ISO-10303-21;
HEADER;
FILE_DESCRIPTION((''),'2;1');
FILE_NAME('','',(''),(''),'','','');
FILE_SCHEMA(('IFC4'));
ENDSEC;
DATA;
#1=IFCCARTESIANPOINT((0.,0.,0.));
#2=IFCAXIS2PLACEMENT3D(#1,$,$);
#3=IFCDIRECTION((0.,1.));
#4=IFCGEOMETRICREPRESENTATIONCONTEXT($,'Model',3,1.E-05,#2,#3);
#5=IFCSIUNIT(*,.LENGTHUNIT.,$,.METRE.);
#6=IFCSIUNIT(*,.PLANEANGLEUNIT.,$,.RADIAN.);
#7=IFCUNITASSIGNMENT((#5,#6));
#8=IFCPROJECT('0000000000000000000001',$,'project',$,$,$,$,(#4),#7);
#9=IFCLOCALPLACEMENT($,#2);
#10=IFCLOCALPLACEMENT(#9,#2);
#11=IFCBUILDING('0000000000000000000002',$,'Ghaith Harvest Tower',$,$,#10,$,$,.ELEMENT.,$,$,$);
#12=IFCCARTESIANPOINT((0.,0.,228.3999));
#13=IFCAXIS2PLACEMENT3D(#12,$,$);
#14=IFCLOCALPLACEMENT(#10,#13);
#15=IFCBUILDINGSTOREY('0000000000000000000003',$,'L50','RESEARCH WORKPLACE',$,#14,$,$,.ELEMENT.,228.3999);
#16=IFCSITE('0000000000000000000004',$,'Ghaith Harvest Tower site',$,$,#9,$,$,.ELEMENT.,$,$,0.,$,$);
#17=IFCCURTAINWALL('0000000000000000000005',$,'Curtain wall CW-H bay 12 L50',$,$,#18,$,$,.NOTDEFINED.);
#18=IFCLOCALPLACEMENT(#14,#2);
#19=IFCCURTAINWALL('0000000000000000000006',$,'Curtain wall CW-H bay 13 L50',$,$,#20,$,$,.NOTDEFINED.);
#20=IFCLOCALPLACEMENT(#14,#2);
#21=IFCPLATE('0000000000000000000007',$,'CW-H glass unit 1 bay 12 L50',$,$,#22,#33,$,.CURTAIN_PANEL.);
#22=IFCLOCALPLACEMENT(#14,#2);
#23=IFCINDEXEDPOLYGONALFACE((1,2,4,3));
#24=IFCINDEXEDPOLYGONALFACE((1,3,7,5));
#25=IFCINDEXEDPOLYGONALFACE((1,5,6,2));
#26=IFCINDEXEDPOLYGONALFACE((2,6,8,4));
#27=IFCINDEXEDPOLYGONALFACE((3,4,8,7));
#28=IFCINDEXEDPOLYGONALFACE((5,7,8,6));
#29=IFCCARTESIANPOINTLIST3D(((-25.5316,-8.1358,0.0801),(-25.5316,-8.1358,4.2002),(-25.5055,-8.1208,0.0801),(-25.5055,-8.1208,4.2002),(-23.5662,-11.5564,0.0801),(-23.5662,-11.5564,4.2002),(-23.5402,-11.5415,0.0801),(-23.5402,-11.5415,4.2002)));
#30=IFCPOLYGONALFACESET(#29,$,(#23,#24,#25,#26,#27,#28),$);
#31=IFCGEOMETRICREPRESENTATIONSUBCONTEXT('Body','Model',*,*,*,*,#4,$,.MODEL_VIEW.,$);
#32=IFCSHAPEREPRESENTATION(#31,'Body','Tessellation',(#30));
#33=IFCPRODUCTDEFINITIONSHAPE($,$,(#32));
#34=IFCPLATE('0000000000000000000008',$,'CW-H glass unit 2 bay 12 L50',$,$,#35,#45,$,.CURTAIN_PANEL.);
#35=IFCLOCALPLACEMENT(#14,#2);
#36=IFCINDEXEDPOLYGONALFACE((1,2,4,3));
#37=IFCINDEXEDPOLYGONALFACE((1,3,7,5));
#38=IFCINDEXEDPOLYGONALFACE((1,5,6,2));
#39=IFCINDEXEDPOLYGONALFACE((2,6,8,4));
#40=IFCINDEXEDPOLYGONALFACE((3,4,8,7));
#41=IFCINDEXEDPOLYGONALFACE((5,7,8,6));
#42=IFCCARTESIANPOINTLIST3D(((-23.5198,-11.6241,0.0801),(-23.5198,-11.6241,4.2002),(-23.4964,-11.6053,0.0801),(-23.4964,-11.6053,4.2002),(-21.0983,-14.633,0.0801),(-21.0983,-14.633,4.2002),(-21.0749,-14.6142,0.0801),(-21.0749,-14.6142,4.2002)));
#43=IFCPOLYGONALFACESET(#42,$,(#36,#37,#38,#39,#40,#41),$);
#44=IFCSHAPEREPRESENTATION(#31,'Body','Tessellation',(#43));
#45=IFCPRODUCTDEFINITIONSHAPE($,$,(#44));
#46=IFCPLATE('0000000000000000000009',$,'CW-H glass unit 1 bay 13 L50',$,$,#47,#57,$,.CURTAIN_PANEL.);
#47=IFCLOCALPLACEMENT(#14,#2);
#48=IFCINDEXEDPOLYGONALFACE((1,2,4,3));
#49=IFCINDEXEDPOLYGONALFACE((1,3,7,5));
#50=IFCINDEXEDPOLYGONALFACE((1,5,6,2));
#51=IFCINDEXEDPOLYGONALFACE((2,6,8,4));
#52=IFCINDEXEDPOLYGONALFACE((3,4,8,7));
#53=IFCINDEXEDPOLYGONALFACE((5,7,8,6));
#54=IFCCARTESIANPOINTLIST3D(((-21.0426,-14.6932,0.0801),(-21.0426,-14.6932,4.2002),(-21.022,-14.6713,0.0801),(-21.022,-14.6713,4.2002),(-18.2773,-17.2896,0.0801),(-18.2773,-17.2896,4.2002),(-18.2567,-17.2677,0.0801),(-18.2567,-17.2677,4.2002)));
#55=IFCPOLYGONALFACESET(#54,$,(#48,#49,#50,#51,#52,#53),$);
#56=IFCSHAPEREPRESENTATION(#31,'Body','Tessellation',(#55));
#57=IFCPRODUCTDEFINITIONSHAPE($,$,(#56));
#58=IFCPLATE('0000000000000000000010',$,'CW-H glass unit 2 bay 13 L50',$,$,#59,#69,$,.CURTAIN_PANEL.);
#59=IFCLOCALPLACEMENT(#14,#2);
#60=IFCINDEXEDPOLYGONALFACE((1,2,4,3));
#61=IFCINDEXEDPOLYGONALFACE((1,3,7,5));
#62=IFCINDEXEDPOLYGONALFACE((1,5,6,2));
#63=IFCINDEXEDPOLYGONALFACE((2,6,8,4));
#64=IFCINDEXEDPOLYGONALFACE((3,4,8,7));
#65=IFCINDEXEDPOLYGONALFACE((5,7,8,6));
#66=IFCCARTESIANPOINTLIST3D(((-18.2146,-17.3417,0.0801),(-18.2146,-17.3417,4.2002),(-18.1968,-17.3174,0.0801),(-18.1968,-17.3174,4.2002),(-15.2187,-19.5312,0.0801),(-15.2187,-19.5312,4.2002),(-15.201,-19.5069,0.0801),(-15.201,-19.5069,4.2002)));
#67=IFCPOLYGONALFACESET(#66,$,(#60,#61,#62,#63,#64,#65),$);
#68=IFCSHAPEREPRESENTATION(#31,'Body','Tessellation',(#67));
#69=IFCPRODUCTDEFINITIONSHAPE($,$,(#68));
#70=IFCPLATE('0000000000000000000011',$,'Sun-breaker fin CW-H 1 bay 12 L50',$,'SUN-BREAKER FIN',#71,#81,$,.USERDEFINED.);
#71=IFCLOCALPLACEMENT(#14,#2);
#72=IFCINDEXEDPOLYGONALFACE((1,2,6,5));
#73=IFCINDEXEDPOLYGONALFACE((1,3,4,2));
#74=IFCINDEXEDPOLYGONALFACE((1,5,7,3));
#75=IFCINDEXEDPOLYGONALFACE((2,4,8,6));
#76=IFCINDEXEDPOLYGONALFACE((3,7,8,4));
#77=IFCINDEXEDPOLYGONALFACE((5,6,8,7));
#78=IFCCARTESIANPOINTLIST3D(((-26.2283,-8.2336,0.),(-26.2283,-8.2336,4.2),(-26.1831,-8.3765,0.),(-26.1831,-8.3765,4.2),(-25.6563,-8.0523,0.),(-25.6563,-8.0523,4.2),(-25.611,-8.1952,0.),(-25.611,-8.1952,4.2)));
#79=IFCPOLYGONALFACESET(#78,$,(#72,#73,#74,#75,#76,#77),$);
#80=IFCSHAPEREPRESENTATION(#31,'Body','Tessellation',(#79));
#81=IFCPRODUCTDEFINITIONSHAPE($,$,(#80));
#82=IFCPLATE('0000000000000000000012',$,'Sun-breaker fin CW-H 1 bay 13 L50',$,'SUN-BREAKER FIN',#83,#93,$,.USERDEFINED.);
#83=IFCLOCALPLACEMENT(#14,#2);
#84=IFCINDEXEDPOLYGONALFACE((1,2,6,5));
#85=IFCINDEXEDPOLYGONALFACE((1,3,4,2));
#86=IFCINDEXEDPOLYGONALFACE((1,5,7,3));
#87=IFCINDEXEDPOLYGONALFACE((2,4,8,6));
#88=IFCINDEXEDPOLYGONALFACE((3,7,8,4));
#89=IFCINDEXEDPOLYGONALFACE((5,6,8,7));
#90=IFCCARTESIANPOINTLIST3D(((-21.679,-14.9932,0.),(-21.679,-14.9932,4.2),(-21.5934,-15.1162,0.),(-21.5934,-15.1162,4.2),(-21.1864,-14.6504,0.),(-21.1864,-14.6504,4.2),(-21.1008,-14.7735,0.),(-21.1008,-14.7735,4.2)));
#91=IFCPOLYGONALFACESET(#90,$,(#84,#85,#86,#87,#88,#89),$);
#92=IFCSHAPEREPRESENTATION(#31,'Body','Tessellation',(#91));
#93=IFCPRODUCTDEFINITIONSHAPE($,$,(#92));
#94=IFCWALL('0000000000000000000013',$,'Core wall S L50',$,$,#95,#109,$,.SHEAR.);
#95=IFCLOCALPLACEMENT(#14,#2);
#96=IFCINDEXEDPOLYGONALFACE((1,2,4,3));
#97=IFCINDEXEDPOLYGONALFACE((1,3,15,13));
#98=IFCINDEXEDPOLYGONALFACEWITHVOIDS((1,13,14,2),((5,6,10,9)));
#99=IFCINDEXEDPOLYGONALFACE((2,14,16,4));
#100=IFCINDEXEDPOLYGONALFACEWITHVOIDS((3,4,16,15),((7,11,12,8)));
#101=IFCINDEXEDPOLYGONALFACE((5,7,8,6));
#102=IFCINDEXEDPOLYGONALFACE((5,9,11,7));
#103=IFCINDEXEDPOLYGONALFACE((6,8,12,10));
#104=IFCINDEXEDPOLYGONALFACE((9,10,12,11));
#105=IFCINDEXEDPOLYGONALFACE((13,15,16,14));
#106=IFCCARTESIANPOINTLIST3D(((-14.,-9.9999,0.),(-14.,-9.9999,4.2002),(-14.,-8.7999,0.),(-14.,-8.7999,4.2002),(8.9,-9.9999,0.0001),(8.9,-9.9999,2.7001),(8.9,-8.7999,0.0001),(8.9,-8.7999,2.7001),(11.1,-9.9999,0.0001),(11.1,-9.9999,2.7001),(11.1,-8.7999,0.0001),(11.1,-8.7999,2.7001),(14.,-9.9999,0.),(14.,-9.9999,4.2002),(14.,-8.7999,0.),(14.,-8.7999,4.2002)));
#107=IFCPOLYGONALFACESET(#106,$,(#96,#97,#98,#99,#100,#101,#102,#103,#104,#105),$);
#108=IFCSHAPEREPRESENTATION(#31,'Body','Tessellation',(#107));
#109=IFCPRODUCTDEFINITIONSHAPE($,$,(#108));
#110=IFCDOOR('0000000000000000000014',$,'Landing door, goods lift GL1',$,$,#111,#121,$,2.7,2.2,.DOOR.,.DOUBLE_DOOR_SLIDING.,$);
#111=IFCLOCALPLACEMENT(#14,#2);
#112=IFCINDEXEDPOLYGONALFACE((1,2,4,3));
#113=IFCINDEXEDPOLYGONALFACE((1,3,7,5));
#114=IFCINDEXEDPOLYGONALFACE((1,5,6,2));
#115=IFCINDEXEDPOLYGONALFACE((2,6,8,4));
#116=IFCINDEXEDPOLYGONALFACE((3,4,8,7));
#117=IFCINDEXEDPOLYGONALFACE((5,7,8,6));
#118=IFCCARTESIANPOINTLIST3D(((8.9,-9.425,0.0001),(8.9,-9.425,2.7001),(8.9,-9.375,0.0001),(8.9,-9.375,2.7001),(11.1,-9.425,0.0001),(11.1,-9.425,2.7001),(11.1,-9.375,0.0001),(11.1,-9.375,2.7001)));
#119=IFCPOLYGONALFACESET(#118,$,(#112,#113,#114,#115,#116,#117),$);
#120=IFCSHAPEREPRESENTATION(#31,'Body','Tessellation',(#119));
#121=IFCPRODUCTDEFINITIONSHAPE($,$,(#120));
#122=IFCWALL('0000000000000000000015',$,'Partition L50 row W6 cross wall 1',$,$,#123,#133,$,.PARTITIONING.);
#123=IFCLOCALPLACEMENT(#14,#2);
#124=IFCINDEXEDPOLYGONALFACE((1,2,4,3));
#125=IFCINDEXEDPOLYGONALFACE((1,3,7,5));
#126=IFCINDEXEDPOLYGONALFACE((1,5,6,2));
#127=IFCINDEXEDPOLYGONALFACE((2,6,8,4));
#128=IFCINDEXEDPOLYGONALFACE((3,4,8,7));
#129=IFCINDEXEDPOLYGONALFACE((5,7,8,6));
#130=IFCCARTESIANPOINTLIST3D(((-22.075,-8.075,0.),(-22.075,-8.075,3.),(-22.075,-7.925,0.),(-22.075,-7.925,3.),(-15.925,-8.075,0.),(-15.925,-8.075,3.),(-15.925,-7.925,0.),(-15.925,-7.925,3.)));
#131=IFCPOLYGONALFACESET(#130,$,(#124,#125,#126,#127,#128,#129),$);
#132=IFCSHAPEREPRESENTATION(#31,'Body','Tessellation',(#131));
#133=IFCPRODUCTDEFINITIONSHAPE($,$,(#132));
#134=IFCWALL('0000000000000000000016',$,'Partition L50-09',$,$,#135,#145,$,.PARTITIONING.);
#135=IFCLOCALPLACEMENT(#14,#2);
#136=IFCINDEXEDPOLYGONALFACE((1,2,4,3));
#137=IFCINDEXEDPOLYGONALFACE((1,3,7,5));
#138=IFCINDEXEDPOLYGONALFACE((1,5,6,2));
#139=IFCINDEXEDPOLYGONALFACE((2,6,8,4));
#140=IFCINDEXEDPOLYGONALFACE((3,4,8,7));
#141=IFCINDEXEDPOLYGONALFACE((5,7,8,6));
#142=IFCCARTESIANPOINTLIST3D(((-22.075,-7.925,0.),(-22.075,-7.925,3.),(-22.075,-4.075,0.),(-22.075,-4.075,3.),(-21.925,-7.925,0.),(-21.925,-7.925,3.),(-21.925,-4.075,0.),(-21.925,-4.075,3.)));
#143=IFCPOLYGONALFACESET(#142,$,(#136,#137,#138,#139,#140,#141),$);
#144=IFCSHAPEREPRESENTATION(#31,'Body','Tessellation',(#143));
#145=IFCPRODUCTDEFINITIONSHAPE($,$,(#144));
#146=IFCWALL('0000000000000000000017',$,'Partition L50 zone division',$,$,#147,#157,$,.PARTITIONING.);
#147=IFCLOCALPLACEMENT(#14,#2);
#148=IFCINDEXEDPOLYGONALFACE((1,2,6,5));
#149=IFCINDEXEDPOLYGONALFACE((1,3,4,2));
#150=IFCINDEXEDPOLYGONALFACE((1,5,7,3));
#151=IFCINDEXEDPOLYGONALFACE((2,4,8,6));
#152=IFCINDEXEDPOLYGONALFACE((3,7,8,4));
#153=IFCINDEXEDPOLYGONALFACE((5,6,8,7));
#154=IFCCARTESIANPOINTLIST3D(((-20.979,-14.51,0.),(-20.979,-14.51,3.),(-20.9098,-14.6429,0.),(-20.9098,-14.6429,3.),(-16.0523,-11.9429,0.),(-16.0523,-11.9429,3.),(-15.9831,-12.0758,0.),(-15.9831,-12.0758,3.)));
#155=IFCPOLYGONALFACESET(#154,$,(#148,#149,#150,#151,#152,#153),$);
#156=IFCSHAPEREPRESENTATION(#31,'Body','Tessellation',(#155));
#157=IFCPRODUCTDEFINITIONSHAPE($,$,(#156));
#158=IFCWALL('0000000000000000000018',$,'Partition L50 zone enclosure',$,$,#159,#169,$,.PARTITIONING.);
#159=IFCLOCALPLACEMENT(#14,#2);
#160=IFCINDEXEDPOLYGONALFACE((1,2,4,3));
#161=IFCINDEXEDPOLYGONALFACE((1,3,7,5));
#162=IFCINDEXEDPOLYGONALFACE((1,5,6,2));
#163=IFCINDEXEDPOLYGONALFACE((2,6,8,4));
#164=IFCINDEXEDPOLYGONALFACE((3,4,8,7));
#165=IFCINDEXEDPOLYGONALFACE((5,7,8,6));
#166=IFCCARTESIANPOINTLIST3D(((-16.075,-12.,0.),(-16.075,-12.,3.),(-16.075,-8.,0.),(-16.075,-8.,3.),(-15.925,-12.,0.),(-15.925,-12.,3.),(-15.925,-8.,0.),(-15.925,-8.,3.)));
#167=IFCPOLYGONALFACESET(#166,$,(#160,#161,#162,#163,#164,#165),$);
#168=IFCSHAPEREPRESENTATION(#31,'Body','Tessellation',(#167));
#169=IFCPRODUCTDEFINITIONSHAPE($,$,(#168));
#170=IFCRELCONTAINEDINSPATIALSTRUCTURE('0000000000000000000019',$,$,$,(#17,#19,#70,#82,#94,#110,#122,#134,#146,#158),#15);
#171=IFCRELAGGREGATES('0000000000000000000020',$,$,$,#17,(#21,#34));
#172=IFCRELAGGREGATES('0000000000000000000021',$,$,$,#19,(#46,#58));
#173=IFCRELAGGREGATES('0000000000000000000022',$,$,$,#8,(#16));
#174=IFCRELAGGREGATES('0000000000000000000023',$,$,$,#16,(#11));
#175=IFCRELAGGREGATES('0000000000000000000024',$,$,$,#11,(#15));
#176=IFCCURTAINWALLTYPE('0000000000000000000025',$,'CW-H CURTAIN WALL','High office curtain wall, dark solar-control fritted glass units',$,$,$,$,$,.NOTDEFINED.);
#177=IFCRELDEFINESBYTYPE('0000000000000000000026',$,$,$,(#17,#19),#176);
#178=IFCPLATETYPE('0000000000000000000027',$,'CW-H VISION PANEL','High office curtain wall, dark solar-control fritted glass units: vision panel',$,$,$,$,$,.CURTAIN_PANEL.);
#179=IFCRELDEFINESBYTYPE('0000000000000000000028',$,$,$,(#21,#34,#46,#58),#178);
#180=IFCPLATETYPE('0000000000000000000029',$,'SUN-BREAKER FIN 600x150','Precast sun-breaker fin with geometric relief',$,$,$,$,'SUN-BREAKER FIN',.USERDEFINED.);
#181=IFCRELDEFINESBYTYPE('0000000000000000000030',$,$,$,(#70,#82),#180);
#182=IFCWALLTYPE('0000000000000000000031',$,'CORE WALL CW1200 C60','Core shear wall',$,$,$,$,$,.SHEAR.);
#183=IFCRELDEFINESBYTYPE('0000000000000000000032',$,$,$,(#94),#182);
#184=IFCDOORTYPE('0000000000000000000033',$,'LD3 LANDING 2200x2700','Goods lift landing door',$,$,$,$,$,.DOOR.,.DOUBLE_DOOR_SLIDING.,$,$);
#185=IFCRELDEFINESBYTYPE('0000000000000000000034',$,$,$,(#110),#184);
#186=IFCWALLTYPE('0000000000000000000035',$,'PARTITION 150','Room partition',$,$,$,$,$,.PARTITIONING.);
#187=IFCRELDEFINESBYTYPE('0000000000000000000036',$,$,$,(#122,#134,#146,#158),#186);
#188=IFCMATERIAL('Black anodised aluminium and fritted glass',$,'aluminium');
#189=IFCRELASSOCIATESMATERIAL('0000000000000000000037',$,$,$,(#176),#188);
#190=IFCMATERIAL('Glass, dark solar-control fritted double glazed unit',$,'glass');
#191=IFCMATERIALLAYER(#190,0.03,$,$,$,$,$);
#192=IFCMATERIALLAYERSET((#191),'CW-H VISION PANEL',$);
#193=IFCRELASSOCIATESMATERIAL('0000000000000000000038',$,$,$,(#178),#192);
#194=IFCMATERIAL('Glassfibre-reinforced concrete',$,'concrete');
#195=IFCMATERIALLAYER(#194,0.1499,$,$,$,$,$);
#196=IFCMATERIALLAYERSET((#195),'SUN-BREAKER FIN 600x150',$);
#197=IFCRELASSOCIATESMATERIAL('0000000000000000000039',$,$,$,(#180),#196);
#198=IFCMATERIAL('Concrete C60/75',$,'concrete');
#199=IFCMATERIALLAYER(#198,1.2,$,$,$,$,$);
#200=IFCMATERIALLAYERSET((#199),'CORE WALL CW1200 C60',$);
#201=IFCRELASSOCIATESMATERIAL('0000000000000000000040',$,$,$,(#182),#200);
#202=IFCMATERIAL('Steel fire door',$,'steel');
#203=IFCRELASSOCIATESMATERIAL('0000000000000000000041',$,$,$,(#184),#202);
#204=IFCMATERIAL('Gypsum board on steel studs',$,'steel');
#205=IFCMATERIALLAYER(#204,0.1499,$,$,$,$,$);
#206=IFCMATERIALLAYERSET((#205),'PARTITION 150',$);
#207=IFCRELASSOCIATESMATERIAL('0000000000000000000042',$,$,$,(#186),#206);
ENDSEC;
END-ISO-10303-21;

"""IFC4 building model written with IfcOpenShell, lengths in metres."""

from ifc_helpers import new_model, si_unit, direction, frame, frame_2d, origin, origin_2d, place, context, subcontext, project, spatial, rectangle, extrude, material, layer, layer_set, type_object, element, fill, aggregate, save


model = new_model("IFC4")

# Units and contexts
model_context = context("Model", 3, precision=1e-05, world=origin(), true_north=direction((0.0, 1.0)))
body_context = subcontext(model_context, "Body", "Model", "MODEL_VIEW")
ifc_project = project(units=[si_unit("LENGTHUNIT", "METRE"), si_unit("PLANEANGLEUNIT", "RADIAN")], contexts=[model_context])

# Site, building, storey
site_placement = place(None, origin())
site = spatial("IfcSite", under=ifc_project, at=site_placement, Name="Ghaith Harvest Tower site", CompositionType="ELEMENT", RefElevation=0.0)
building_placement = place(site_placement, origin())
building = spatial("IfcBuilding", under=site, at=building_placement, Name="Ghaith Harvest Tower", CompositionType="ELEMENT")
storey_placement = place(building_placement, frame((0.0, 0.0, 228.3999)))
storey = spatial("IfcBuildingStorey", under=building, at=storey_placement, Name="L50", Description="RESEARCH WORKPLACE", CompositionType="ELEMENT", Elevation=228.3999)

# Curtain walls
ifc_material_1 = material(Name="Black anodised aluminium and fritted glass", Category="aluminium")
curtain_wall_type = type_object("IfcCurtainWallType", Name="CW-H CURTAIN WALL", Description="High office curtain wall, dark solar-control fritted glass units", PredefinedType="NOTDEFINED", material=ifc_material_1)
curtain_wall_1_placement = place(storey_placement, origin())
curtain_wall_1 = element("IfcCurtainWall", 1, at=curtain_wall_1_placement, inside=storey, type_object=curtain_wall_type, Name="Curtain wall CW-H bay 12 L50", PredefinedType="NOTDEFINED")
curtain_wall_2_placement = place(storey_placement, origin())
curtain_wall_2 = element("IfcCurtainWall", 2, at=curtain_wall_2_placement, inside=storey, type_object=curtain_wall_type, Name="Curtain wall CW-H bay 13 L50", PredefinedType="NOTDEFINED")

# Plates
ifc_material_2 = material(Name="Glass, dark solar-control fritted double glazed unit", Category="glass")
ifc_layer_1 = layer(ifc_material_2, 0.03)
ifc_layer_set_1 = layer_set([ifc_layer_1], Name="CW-H VISION PANEL")
plate_type_1 = type_object("IfcPlateType", Name="CW-H VISION PANEL", Description="High office curtain wall, dark solar-control fritted glass units: vision panel", PredefinedType="CURTAIN_PANEL", material=ifc_layer_set_1)
plate_1_placement = place(storey_placement, frame((-24.5359, -9.8386, 0.0801), z_axis=(0.0, 0.0, 1.0), x_axis=(0.49818, -0.867074, 0.0)))
plate_1 = element("IfcPlate", 3, at=plate_1_placement, type_object=plate_type_1, Name="CW-H glass unit 1 bay 12 L50", PredefinedType="CURTAIN_PANEL", context=body_context, shape_type="SweptSolid", body=[
    extrude(rectangle(XDim=3.9451, YDim=0.03, at=origin_2d()), origin(), (0.0, 0.0, 1.0), 4.1201),
])
plate_2_placement = place(storey_placement, frame((-22.2974, -13.1191, 0.0801), z_axis=(0.0, 0.0, 1.0), x_axis=(0.626957, -0.779054, 0.0)))
plate_2 = element("IfcPlate", 4, at=plate_2_placement, type_object=plate_type_1, Name="CW-H glass unit 2 bay 12 L50", PredefinedType="CURTAIN_PANEL", context=body_context, shape_type="SweptSolid", body=[
    extrude(rectangle(XDim=3.8623, YDim=0.03, at=origin_2d()), origin(), (0.0, 0.0, 1.0), 4.1201),
])
aggregate(curtain_wall_1, [plate_1, plate_2])
plate_3_placement = place(storey_placement, frame((-19.6497, -15.9805, 0.0801), z_axis=(0.0, 0.0, 1.0), x_axis=(0.729017, -0.684496, 0.0)))
plate_3 = element("IfcPlate", 5, at=plate_3_placement, type_object=plate_type_1, Name="CW-H glass unit 1 bay 13 L50", PredefinedType="CURTAIN_PANEL", context=body_context, shape_type="SweptSolid", body=[
    extrude(rectangle(XDim=3.7932, YDim=0.03, at=origin_2d()), origin(), (0.0, 0.0, 1.0), 4.1201),
])
plate_4_placement = place(storey_placement, frame((-16.7078, -18.4243, 0.0801), z_axis=(0.0, 0.0, 1.0), x_axis=(0.807364, -0.590054, 0.0)))
plate_4 = element("IfcPlate", 6, at=plate_4_placement, type_object=plate_type_1, Name="CW-H glass unit 2 bay 13 L50", PredefinedType="CURTAIN_PANEL", context=body_context, shape_type="SweptSolid", body=[
    extrude(rectangle(XDim=3.7107, YDim=0.03, at=origin_2d()), origin(), (0.0, 0.0, 1.0), 4.1201),
])
aggregate(curtain_wall_2, [plate_3, plate_4])

# Plates
ifc_material_3 = material(Name="Glassfibre-reinforced concrete", Category="concrete")
ifc_layer_2 = layer(ifc_material_3, 0.1499)
ifc_layer_set_2 = layer_set([ifc_layer_2], Name="SUN-BREAKER FIN 600x150")
plate_type_2 = type_object("IfcPlateType", Name="SUN-BREAKER FIN 600x150", Description="Precast sun-breaker fin with geometric relief", ElementType="SUN-BREAKER FIN", PredefinedType="USERDEFINED", material=ifc_layer_set_2)
for number, where, z_axis, x_axis, name in (
    (7, (-25.9197, -8.2144, 0.0), (0.0, 0.0, 1.0), (-0.953273, -0.30211, 0.0), "Sun-breaker fin CW-H 1 bay 12 L50"),
    (8, (-21.3899, -14.8833, 0.0), (0.0, 0.0, 1.0), (-0.820845, -0.57115, 0.0), "Sun-breaker fin CW-H 1 bay 13 L50"),
):
    element("IfcPlate", number, at=place(storey_placement, frame(where, z_axis=z_axis, x_axis=x_axis)), inside=storey, type_object=plate_type_2, Name=name, ObjectType="SUN-BREAKER FIN", PredefinedType="USERDEFINED", context=body_context, shape_type="SweptSolid", body=[
        extrude(rectangle(XDim=0.6001, YDim=0.1499, at=origin_2d()), origin(), (0.0, 0.0, 1.0), 4.2),
    ])

# Wall, opening, door
ifc_material_4 = material(Name="Concrete C60/75", Category="concrete")
ifc_layer_3 = layer(ifc_material_4, 1.2)
ifc_layer_set_3 = layer_set([ifc_layer_3], Name="CORE WALL CW1200 C60")
wall_type_1 = type_object("IfcWallType", Name="CORE WALL CW1200 C60", Description="Core shear wall", PredefinedType="SHEAR", material=ifc_layer_set_3)
wall_1_placement = place(storey_placement, frame((-14.0, -9.3999, 0.0), z_axis=(0.0, 0.0, 1.0), x_axis=(1.0, 0.0, 0.0)))
wall_1 = element("IfcWall", 9, at=wall_1_placement, inside=storey, type_object=wall_type_1, Name="Core wall S L50", PredefinedType="SHEAR", context=body_context, shape_type="SweptSolid", body=[
    extrude(rectangle(XDim=28.0, YDim=1.2, at=frame_2d((14.0, 0.0))), origin(), (0.0, 0.0, 1.0), 4.2002),
])
opening_placement = place(wall_1_placement, frame((22.8999, 0.0, 0.0)))
opening = element("IfcOpeningElement", 10, at=opening_placement, cuts=wall_1, PredefinedType="OPENING", context=body_context, shape_type="SweptSolid", body=[
    extrude(rectangle(XDim=2.2, YDim=2.7, at=frame_2d((1.1001, 1.3501))), frame((0.0, 0.6099, 0.0), z_axis=(0.0, -1.0, 0.0), x_axis=(1.0, 0.0, 0.0)), (0.0, 0.0, 1.0), 1.22),
])
ifc_material_5 = material(Name="Steel fire door", Category="steel")
door_type = type_object("IfcDoorType", Name="LD3 LANDING 2200x2700", Description="Goods lift landing door", OperationType="DOUBLE_DOOR_SLIDING", PredefinedType="DOOR", material=ifc_material_5)
door_placement = place(opening_placement, origin())
door = element("IfcDoor", 11, at=door_placement, inside=storey, type_object=door_type, Name="Landing door, goods lift GL1", OperationType="DOUBLE_DOOR_SLIDING", OverallHeight=2.7, OverallWidth=2.2, PredefinedType="DOOR", context=body_context, shape_type="SweptSolid", body=[
    extrude(rectangle(XDim=2.2, YDim=2.7, at=frame_2d((1.1001, 1.3501))), frame((0.0, 0.0249, 0.0), z_axis=(0.0, -1.0, 0.0), x_axis=(1.0, 0.0, 0.0)), (0.0, 0.0, 1.0), 0.05),
])
fill(opening, door)

# Walls
ifc_material_6 = material(Name="Gypsum board on steel studs", Category="steel")
ifc_layer_4 = layer(ifc_material_6, 0.1499)
ifc_layer_set_4 = layer_set([ifc_layer_4], Name="PARTITION 150")
wall_type_2 = type_object("IfcWallType", Name="PARTITION 150", Description="Room partition", PredefinedType="PARTITIONING", material=ifc_layer_set_4)
wall_2_placement = place(storey_placement, frame((-15.925, -8.0, 0.0), z_axis=(0.0, 0.0, 1.0), x_axis=(-1.0, 0.0, 0.0)))
element("IfcWall", 12, at=wall_2_placement, inside=storey, type_object=wall_type_2, Name="Partition L50 row W6 cross wall 1", PredefinedType="PARTITIONING", context=body_context, shape_type="SweptSolid", body=[
    extrude(rectangle(XDim=6.1499, YDim=0.1499, at=frame_2d((3.075, 0.0))), origin(), (0.0, 0.0, 1.0), 3.0),
])
wall_3_placement = place(storey_placement, frame((-22.0, -7.925, 0.0), z_axis=(0.0, 0.0, 1.0), x_axis=(0.0, 1.0, 0.0)))
element("IfcWall", 13, at=wall_3_placement, inside=storey, type_object=wall_type_2, Name="Partition L50-09", PredefinedType="PARTITIONING", context=body_context, shape_type="SweptSolid", body=[
    extrude(rectangle(XDim=3.8501, YDim=0.1499, at=frame_2d((1.925, 0.0))), origin(), (0.0, 0.0, 1.0), 3.0),
])
wall_4_placement = place(storey_placement, frame((-16.0176, -12.0093, 0.0), z_axis=(0.0, 0.0, 1.0), x_axis=(-0.886832, -0.462093, 0.0)))
element("IfcWall", 14, at=wall_4_placement, inside=storey, type_object=wall_type_2, Name="Partition L50 zone division", PredefinedType="PARTITIONING", context=body_context, shape_type="SweptSolid", body=[
    extrude(rectangle(XDim=5.5554, YDim=0.1499, at=frame_2d((2.7778, 0.0))), origin(), (0.0, 0.0, 1.0), 3.0),
])
wall_5_placement = place(storey_placement, frame((-16.0, -8.0, 0.0), z_axis=(0.0, 0.0, 1.0), x_axis=(0.0, -1.0, 0.0)))
element("IfcWall", 15, at=wall_5_placement, inside=storey, type_object=wall_type_2, Name="Partition L50 zone enclosure", PredefinedType="PARTITIONING", context=body_context, shape_type="SweptSolid", body=[
    extrude(rectangle(XDim=4.0, YDim=0.1499, at=frame_2d((2.0, 0.0))), origin(), (0.0, 0.0, 1.0), 3.0),
])

save(model, "model.ifc")
